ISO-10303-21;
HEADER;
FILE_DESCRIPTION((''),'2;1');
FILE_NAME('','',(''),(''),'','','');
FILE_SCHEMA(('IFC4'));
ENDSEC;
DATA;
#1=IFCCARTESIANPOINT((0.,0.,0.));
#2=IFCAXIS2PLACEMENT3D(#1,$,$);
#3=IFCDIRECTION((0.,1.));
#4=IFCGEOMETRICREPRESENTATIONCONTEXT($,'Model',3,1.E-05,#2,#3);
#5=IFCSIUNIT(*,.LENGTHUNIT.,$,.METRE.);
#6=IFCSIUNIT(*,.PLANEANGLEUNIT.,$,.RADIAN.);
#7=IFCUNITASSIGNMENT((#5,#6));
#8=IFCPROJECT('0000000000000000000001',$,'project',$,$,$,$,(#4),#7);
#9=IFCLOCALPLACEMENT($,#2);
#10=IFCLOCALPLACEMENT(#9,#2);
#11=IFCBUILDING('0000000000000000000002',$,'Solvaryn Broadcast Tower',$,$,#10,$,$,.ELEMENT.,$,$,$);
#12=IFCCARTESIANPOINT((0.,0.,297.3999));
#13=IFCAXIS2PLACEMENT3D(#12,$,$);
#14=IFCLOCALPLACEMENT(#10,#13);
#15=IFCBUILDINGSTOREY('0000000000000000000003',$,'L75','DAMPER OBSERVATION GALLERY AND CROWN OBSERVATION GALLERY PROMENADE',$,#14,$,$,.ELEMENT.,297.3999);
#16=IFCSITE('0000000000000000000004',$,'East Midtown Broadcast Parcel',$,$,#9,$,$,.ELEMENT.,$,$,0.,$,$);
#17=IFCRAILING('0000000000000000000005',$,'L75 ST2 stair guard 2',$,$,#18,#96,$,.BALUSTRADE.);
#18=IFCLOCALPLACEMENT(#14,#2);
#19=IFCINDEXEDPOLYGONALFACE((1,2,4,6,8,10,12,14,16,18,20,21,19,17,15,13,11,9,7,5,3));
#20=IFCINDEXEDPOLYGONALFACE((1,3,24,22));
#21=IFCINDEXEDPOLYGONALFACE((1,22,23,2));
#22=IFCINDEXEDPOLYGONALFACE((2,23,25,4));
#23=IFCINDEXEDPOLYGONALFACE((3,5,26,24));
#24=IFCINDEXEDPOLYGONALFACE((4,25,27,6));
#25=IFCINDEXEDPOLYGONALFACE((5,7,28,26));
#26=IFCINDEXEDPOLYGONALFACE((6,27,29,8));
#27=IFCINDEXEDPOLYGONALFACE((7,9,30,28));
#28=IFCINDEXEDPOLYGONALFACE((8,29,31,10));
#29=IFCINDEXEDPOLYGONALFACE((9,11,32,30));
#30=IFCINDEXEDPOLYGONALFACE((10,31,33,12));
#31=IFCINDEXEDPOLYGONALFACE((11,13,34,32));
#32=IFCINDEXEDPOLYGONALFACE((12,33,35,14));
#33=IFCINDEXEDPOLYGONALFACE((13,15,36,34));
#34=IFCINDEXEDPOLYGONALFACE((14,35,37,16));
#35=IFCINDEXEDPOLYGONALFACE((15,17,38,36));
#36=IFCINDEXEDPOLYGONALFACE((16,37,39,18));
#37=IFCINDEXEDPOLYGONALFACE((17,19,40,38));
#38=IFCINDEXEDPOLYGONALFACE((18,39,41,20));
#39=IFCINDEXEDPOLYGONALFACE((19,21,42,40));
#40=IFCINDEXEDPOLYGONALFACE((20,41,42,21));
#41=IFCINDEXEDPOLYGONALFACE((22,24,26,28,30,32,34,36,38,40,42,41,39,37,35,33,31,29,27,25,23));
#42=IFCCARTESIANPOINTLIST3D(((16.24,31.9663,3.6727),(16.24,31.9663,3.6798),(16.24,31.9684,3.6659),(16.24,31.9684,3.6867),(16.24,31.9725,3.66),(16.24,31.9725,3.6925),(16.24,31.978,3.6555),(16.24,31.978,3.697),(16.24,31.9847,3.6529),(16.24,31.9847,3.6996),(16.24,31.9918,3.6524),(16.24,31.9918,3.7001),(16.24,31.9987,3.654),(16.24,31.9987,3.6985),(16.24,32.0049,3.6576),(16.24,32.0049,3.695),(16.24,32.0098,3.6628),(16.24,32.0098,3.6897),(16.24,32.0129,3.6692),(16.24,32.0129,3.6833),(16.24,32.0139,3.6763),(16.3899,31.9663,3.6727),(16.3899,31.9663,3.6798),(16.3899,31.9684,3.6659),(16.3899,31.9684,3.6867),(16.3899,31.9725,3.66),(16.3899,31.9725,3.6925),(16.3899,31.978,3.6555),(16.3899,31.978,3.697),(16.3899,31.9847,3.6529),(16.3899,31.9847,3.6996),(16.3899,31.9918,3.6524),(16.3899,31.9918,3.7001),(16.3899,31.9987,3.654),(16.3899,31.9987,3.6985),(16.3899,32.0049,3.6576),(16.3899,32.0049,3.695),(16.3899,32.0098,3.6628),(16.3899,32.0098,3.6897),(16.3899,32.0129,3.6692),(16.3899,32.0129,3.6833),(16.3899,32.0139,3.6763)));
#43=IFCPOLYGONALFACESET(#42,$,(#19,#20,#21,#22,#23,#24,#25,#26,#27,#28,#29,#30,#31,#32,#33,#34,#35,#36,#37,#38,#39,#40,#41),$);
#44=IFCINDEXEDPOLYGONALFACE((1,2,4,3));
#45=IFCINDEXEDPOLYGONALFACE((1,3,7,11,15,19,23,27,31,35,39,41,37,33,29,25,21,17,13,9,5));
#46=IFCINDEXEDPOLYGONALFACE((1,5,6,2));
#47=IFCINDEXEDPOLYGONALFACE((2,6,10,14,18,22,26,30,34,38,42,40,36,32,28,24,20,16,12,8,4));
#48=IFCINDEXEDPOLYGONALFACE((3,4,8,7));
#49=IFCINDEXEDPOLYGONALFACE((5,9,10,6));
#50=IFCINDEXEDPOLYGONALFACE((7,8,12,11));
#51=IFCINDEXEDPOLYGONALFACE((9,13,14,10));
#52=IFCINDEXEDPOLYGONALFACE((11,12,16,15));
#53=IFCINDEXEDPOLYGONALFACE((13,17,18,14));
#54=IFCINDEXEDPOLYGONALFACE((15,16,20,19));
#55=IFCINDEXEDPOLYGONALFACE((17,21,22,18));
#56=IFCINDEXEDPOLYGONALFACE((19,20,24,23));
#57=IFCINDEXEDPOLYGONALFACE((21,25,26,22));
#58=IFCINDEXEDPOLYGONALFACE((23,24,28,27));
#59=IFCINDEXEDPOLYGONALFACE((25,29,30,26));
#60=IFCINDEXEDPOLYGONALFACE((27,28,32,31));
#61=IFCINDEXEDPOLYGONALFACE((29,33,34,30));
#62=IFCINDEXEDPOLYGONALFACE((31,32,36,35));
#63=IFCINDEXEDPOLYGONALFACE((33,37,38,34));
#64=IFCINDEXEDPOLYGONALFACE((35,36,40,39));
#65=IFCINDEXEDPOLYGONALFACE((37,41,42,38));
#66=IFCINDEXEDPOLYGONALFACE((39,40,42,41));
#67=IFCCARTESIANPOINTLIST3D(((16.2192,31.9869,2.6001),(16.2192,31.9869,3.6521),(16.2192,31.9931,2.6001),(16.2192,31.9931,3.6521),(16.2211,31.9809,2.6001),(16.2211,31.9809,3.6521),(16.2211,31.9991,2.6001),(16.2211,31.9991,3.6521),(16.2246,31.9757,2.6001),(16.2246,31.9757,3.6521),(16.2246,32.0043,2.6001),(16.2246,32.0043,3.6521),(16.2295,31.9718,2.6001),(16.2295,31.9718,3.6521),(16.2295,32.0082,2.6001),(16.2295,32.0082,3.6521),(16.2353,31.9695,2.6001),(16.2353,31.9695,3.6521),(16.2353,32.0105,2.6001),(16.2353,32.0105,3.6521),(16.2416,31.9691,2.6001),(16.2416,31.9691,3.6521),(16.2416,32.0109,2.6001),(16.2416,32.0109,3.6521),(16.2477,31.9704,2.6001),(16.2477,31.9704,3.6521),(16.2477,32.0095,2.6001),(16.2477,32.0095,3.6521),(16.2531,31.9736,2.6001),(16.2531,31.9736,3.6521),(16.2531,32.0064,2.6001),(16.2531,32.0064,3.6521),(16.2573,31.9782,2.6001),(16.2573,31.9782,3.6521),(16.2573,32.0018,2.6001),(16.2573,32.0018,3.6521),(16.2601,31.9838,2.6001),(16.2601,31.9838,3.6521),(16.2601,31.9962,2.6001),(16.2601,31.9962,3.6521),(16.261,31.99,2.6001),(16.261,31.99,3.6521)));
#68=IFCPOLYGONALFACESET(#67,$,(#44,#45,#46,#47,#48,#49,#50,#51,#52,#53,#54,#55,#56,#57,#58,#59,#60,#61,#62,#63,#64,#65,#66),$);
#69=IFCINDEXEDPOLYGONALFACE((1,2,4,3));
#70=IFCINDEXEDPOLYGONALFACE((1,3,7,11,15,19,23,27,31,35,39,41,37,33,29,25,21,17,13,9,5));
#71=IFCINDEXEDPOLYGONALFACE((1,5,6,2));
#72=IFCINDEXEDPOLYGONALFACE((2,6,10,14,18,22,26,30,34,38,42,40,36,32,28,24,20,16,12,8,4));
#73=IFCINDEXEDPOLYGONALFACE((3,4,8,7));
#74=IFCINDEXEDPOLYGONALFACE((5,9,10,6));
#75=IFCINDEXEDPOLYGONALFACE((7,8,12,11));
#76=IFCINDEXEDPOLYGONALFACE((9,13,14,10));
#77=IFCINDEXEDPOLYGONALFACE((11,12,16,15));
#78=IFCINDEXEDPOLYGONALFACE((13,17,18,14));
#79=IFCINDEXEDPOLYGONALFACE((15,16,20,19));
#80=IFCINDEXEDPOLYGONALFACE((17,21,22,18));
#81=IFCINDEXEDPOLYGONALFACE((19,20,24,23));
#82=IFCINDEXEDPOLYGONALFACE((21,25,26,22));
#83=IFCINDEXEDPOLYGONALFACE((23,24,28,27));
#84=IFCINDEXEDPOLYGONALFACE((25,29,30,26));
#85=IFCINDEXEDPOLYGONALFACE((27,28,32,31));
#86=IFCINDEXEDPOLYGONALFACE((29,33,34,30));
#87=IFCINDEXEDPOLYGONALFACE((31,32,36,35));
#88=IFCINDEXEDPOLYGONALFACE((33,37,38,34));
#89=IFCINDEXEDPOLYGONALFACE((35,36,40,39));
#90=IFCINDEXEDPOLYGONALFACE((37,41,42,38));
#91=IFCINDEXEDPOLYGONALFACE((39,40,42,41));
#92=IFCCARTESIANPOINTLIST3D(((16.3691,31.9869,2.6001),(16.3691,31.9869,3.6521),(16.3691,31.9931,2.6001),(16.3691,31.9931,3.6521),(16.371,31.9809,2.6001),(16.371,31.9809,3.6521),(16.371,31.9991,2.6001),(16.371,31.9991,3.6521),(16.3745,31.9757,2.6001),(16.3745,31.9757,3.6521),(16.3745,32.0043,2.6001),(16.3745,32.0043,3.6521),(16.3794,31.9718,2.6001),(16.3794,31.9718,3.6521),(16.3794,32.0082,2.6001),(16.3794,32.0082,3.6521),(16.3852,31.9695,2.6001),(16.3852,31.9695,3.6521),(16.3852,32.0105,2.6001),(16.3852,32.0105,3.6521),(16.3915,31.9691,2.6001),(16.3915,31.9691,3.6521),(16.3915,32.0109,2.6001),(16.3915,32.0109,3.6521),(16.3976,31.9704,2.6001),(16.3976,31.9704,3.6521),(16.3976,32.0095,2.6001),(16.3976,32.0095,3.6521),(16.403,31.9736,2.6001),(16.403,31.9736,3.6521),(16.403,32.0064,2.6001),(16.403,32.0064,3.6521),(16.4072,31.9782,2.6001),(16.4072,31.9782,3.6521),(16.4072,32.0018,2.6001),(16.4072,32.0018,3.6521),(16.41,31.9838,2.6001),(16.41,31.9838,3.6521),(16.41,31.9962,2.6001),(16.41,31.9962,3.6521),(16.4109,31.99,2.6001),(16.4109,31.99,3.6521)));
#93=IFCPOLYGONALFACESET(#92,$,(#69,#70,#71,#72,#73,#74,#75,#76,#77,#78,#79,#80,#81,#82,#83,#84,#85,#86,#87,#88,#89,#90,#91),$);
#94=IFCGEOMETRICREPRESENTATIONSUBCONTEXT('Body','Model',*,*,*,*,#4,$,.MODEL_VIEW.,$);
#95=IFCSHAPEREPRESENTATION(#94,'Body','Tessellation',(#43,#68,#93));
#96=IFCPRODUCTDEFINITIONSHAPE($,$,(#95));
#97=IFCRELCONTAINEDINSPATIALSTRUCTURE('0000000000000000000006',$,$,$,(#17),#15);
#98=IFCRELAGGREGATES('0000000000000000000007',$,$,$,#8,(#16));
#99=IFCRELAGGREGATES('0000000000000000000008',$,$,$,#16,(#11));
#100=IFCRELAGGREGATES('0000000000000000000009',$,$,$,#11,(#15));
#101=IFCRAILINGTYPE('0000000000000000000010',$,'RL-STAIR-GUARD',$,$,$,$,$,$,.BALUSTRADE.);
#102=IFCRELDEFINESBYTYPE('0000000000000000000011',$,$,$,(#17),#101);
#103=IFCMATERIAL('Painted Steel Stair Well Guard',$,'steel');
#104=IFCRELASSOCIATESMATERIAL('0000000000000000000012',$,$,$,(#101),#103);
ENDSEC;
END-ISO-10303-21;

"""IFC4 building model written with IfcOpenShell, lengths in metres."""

from ifc_helpers import new_model, si_unit, direction, frame, origin, origin_2d, place, context, subcontext, project, spatial, circle, extrude, material, type_object, element, save


model = new_model("IFC4")

# Units and contexts
model_context = context("Model", 3, precision=1e-05, world=origin(), true_north=direction((0.0, 1.0)))
body_context = subcontext(model_context, "Body", "Model", "MODEL_VIEW")
ifc_project = project(units=[si_unit("LENGTHUNIT", "METRE"), si_unit("PLANEANGLEUNIT", "RADIAN")], contexts=[model_context])

# Site, building, storey
site_placement = place(None, origin())
site = spatial("IfcSite", under=ifc_project, at=site_placement, Name="East Midtown Broadcast Parcel", CompositionType="ELEMENT", RefElevation=0.0)
building_placement = place(site_placement, origin())
building = spatial("IfcBuilding", under=site, at=building_placement, Name="Solvaryn Broadcast Tower", CompositionType="ELEMENT")
storey_placement = place(building_placement, frame((0.0, 0.0, 297.3999)))
storey = spatial("IfcBuildingStorey", under=building, at=storey_placement, Name="L75", Description="DAMPER OBSERVATION GALLERY AND CROWN OBSERVATION GALLERY PROMENADE", CompositionType="ELEMENT", Elevation=297.3999)

# Railing
ifc_material_1 = material(Name="Painted Steel Stair Well Guard", Category="steel")
railing_type_1 = type_object("IfcRailingType", Name="RL-STAIR-GUARD", PredefinedType="BALUSTRADE", material=ifc_material_1)
railing_1_placement = place(storey_placement, frame((16.24, 31.99, 2.6001)))
element("IfcRailing", 1, at=railing_1_placement, inside=storey, type_object=railing_type_1, Name="L75 ST2 stair guard 2", PredefinedType="BALUSTRADE", context=body_context, shape_type="SweptSolid", body=[
    extrude(circle(Radius=0.0239, at=origin_2d()), frame((0.0, 0.0, 1.0762), z_axis=(1.0, 0.0, 0.0), x_axis=(0.0, 1.0, 0.0)), (0.0, 0.0, 1.0), 0.1499),
    extrude(circle(Radius=0.021, at=origin_2d()), origin(), (0.0, 0.0, 1.0), 1.052),
    extrude(circle(Radius=0.021, at=origin_2d()), frame((0.1499, 0.0, 0.0)), (0.0, 0.0, 1.0), 1.052),
])

save(model, "model.ifc")
